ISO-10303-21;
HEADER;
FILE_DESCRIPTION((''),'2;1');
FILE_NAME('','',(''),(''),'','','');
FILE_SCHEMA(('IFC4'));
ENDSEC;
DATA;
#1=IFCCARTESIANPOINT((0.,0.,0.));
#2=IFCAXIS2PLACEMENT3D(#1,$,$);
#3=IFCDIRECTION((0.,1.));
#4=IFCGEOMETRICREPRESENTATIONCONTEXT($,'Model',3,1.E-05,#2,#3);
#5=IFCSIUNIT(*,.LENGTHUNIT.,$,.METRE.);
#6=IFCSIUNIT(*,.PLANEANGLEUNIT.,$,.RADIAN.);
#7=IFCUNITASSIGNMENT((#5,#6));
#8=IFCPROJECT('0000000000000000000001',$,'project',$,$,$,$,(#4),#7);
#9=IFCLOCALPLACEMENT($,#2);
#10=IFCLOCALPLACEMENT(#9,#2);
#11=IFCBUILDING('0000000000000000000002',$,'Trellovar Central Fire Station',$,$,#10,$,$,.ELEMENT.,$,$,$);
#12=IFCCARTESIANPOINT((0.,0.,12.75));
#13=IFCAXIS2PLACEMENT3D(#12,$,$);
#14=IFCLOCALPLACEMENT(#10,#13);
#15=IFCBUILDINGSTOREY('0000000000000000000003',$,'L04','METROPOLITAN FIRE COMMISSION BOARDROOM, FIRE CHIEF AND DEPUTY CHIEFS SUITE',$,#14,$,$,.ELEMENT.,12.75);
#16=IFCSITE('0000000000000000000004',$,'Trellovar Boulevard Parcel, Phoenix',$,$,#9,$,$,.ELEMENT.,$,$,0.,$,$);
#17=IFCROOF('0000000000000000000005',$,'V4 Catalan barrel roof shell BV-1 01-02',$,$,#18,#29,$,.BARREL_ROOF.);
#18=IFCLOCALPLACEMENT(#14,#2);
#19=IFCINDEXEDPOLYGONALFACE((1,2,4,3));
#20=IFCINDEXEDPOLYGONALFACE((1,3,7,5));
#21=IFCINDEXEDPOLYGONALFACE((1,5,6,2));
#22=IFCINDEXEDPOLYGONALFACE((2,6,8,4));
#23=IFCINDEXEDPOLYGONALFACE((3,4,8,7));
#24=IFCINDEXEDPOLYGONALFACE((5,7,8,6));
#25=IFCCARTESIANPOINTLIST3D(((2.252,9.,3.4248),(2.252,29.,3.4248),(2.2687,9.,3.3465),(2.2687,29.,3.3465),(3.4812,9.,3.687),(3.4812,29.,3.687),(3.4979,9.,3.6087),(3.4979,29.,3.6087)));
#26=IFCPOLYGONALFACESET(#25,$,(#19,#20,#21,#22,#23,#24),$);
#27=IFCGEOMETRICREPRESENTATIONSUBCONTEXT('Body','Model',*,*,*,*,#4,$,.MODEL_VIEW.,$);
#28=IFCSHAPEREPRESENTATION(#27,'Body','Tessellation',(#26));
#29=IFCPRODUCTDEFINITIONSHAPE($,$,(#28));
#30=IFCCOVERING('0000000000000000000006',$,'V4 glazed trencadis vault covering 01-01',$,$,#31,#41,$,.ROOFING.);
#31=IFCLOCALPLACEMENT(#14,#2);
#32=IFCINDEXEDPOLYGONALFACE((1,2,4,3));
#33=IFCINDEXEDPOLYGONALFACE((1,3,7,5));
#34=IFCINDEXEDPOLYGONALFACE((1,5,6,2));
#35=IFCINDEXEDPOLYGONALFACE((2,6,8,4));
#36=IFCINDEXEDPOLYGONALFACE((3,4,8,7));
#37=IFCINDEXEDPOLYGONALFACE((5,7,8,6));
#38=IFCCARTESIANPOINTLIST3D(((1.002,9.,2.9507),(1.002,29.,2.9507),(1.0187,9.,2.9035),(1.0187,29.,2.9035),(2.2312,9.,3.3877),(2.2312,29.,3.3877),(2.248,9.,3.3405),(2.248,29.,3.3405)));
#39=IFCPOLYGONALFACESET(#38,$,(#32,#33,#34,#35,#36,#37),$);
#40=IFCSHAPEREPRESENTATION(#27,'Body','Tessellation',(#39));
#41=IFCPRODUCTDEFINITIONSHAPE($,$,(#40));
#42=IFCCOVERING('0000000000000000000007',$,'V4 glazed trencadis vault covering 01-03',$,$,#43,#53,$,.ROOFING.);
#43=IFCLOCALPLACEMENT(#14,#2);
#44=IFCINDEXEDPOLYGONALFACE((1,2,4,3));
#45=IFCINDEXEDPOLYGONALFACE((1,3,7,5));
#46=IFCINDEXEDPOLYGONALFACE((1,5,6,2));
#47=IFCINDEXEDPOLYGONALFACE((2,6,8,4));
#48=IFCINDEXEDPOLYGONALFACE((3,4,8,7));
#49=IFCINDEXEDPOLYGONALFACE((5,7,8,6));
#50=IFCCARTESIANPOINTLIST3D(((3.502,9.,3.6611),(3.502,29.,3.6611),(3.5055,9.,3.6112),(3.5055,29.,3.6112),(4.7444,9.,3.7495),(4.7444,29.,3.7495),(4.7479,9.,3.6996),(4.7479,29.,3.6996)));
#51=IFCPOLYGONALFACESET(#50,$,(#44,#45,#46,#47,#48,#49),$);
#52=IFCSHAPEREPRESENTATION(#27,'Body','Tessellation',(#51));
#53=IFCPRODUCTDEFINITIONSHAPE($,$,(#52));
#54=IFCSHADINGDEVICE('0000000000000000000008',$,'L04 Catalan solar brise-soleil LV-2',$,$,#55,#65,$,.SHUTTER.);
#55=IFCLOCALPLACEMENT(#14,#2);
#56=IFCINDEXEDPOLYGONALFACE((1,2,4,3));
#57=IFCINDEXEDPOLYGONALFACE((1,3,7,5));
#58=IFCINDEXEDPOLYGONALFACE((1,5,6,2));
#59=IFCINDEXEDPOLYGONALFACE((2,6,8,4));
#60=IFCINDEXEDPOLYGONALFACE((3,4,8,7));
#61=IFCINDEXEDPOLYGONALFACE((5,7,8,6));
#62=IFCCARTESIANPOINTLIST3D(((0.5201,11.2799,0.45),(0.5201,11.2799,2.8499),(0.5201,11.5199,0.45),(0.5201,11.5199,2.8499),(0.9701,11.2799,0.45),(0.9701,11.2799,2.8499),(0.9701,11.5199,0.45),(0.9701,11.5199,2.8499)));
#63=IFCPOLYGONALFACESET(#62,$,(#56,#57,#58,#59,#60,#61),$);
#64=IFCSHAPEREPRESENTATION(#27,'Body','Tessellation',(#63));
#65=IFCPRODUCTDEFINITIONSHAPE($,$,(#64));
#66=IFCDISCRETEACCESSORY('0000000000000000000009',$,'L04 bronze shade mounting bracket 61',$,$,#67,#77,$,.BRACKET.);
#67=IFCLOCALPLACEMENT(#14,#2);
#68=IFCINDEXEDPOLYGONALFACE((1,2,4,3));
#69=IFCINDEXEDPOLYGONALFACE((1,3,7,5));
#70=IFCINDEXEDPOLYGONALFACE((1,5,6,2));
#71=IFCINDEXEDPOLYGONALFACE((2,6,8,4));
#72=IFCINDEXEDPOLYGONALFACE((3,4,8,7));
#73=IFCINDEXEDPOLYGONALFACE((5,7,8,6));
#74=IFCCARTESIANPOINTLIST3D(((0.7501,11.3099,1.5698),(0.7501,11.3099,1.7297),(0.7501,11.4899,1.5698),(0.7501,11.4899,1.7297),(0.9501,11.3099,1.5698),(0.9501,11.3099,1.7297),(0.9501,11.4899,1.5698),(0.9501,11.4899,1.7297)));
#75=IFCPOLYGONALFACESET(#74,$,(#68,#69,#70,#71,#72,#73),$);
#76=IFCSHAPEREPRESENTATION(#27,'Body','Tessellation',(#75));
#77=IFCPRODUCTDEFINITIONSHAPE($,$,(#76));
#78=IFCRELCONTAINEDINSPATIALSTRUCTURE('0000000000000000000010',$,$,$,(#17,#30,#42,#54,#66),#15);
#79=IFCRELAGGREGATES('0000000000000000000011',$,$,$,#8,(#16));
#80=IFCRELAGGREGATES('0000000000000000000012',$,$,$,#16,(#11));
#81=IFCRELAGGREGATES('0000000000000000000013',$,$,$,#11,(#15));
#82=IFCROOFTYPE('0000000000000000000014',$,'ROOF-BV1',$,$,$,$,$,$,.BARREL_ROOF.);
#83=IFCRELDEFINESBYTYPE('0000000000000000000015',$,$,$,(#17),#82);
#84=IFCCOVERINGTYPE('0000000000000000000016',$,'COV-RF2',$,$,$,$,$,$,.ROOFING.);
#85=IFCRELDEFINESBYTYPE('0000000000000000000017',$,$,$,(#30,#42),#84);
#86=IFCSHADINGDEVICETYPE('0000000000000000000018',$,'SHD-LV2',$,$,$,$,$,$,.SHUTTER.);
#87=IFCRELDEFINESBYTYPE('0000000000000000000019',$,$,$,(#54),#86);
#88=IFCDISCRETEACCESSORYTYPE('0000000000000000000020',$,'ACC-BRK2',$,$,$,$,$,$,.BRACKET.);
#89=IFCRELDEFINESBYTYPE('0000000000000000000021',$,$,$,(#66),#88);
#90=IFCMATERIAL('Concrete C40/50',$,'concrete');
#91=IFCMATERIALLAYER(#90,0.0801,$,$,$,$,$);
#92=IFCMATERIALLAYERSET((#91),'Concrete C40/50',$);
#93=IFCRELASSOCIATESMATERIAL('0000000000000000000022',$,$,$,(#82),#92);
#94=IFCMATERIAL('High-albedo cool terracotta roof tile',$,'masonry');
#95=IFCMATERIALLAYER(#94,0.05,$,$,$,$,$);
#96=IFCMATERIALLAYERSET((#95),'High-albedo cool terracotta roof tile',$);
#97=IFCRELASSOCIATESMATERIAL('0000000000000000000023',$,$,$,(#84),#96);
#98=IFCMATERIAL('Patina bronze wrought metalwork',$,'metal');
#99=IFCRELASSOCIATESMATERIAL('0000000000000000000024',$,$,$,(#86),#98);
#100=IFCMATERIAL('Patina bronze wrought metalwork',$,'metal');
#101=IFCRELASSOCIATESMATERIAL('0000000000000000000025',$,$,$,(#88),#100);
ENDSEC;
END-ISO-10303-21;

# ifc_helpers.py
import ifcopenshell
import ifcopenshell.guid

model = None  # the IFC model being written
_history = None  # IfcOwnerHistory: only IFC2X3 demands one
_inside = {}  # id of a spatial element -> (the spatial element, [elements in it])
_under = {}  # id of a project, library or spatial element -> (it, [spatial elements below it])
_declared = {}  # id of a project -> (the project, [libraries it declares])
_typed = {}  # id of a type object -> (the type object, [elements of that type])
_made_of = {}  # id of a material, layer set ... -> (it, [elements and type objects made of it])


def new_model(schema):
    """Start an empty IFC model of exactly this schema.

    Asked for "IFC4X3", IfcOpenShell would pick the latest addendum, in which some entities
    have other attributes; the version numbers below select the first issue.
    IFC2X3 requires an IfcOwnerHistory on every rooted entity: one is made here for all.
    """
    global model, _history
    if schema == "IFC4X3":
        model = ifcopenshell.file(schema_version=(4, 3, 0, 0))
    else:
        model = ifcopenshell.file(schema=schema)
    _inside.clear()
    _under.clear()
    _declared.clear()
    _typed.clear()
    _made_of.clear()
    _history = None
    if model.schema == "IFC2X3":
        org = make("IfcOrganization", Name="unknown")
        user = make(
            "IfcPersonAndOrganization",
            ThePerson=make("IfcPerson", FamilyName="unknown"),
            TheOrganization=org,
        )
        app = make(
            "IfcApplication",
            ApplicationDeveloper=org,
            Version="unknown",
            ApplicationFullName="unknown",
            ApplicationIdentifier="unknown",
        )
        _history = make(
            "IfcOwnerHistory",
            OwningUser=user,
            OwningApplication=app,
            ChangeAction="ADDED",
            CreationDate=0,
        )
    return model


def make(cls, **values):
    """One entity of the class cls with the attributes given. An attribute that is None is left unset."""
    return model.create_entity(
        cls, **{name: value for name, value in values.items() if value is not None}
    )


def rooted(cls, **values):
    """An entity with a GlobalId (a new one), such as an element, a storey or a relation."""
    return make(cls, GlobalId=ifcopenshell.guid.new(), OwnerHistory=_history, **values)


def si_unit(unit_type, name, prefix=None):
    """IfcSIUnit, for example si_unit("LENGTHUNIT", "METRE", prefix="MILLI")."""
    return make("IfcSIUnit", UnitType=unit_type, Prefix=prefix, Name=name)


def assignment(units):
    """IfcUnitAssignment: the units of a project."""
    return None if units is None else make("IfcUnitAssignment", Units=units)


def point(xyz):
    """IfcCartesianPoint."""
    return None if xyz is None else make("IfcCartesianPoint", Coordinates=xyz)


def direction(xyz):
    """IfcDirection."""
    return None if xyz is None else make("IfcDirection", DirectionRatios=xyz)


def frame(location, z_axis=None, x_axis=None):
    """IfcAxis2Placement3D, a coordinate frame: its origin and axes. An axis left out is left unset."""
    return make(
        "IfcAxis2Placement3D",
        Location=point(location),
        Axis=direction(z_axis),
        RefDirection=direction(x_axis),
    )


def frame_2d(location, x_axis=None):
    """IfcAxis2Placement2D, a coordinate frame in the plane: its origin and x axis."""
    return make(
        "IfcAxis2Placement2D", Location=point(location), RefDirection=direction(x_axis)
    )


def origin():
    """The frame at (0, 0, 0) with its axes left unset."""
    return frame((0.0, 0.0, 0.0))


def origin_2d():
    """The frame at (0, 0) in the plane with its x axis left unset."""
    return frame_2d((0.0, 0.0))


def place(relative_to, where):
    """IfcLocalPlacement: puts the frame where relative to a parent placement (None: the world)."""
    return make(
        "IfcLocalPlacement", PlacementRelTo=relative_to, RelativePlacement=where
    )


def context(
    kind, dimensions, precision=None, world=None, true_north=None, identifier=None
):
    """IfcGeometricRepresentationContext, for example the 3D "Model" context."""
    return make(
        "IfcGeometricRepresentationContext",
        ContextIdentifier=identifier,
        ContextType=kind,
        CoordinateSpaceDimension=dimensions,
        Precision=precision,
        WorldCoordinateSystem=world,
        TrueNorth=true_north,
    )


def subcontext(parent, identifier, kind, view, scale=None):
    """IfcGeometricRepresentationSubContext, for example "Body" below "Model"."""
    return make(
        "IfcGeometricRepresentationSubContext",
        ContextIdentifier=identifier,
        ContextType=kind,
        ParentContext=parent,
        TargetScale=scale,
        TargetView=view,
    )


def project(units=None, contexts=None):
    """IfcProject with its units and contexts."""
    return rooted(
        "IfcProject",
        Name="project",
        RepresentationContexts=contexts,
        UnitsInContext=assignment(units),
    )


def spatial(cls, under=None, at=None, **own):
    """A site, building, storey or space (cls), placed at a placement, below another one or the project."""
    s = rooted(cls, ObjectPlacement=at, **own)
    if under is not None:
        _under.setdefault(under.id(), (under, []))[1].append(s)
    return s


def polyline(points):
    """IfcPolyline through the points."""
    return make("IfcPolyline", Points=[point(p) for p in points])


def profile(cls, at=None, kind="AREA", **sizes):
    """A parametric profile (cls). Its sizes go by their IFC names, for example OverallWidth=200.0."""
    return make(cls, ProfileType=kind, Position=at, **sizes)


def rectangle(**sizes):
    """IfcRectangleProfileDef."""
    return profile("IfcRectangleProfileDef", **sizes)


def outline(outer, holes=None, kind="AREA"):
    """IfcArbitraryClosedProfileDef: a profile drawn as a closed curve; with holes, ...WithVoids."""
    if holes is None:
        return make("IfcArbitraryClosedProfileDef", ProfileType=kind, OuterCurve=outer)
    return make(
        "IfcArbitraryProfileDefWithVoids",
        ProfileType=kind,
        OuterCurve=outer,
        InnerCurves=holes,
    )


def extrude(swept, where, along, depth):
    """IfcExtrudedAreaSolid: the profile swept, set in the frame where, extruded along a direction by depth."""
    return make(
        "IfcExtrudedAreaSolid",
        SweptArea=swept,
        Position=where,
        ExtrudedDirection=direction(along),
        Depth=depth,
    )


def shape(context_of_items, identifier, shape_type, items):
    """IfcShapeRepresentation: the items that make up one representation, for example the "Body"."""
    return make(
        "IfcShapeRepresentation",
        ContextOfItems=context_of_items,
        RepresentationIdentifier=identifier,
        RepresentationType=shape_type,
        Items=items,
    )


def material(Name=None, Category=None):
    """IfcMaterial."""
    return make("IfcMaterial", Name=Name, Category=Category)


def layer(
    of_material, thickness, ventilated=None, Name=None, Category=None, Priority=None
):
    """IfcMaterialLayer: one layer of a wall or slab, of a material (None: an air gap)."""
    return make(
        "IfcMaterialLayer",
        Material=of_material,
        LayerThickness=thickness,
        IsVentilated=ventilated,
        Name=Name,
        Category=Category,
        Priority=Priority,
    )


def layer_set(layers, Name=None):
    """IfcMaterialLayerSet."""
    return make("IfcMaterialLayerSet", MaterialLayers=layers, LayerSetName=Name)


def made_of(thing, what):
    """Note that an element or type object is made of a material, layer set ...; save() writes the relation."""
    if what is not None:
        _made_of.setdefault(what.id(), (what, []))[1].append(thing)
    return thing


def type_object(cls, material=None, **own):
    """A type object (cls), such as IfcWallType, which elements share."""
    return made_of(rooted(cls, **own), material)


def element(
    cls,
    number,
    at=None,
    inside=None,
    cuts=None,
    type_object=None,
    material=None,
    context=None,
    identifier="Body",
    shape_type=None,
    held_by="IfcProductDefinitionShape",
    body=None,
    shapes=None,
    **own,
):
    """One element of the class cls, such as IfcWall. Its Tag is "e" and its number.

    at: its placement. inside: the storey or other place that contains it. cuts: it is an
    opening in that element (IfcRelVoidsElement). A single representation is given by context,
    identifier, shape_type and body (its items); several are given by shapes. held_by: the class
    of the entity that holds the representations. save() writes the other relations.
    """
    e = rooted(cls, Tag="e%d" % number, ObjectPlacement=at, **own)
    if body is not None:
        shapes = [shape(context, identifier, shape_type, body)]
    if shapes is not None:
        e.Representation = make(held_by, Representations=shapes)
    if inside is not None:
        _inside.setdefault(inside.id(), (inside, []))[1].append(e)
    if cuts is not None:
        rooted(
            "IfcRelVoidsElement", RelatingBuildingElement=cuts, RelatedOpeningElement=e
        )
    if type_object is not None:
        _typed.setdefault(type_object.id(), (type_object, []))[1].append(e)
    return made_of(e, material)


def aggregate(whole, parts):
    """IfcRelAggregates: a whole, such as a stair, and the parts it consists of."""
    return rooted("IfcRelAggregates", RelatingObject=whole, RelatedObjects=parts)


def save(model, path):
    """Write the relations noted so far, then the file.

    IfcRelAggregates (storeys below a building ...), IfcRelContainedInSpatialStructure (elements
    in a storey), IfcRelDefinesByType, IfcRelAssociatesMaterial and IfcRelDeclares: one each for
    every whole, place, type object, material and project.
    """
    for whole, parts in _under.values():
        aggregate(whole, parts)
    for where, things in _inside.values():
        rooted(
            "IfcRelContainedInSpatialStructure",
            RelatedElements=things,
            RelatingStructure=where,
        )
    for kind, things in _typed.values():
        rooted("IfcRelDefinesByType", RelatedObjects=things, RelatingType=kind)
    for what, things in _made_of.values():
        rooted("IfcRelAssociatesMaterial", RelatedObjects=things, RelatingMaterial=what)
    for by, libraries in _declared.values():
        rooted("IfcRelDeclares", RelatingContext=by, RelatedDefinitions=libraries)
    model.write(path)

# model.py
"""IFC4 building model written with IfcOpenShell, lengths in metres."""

from ifc_helpers import new_model, si_unit, direction, frame, origin, origin_2d, place, context, subcontext, project, spatial, polyline, rectangle, outline, extrude, material, layer, layer_set, type_object, element, save


model = new_model("IFC4")

# Units and contexts
model_context = context("Model", 3, precision=1e-05, world=origin(), true_north=direction((0.0, 1.0)))
body_context = subcontext(model_context, "Body", "Model", "MODEL_VIEW")
ifc_project = project(units=[si_unit("LENGTHUNIT", "METRE"), si_unit("PLANEANGLEUNIT", "RADIAN")], contexts=[model_context])

# Site, building, storey
site_placement = place(None, origin())
site = spatial("IfcSite", under=ifc_project, at=site_placement, Name="Trellovar Boulevard Parcel, Phoenix", CompositionType="ELEMENT", RefElevation=0.0)
building_placement = place(site_placement, origin())
building = spatial("IfcBuilding", under=site, at=building_placement, Name="Trellovar Central Fire Station", CompositionType="ELEMENT")
storey_placement = place(building_placement, frame((0.0, 0.0, 12.75)))
storey = spatial("IfcBuildingStorey", under=building, at=storey_placement, Name="L04", Description="METROPOLITAN FIRE COMMISSION BOARDROOM, FIRE CHIEF AND DEPUTY CHIEFS SUITE", CompositionType="ELEMENT", Elevation=12.75)

# Roof
ifc_material_1 = material(Name="Concrete C40/50", Category="concrete")
ifc_layer_1 = layer(ifc_material_1, 0.0801)
ifc_layer_set_1 = layer_set([ifc_layer_1], Name="Concrete C40/50")
roof_type = type_object("IfcRoofType", Name="ROOF-BV1", PredefinedType="BARREL_ROOF", material=ifc_layer_set_1)
roof_placement = place(storey_placement, frame((2.252, 9.0, 3.4248), z_axis=(-0.208614, 0.0, 0.977998), x_axis=(0.977998, 0.0, 0.208614)))
element("IfcRoof", 1, at=roof_placement, inside=storey, type_object=roof_type, Name="V4 Catalan barrel roof shell BV-1 01-02", PredefinedType="BARREL_ROOF", context=body_context, shape_type="SweptSolid", body=[
    extrude(outline(polyline([(0.0, 0.0), (1.2569, 0.0), (1.2569, 20.0), (0.0, 20.0), (0.0, 0.0)])), origin(), (0.0, 0.0, -1.0), 0.0801),
])

# Coverings
ifc_material_2 = material(Name="High-albedo cool terracotta roof tile", Category="masonry")
ifc_layer_2 = layer(ifc_material_2, 0.05)
ifc_layer_set_2 = layer_set([ifc_layer_2], Name="High-albedo cool terracotta roof tile")
covering_type = type_object("IfcCoveringType", Name="COV-RF2", PredefinedType="ROOFING", material=ifc_layer_set_2)
covering_1_placement = place(storey_placement, frame((1.002, 9.0, 2.9507), z_axis=(-0.334973, 0.0, 0.942228), x_axis=(0.942228, 0.0, 0.334973)))
element("IfcCovering", 2, at=covering_1_placement, inside=storey, type_object=covering_type, Name="V4 glazed trencadis vault covering 01-01", PredefinedType="ROOFING", context=body_context, shape_type="SweptSolid", body=[
    extrude(outline(polyline([(0.0, 0.0), (1.3046, 0.0), (1.3046, 20.0), (0.0, 20.0), (0.0, 0.0)])), origin(), (0.0, 0.0, -1.0), 0.05),
])
covering_2_placement = place(storey_placement, frame((3.502, 9.0, 3.6611), z_axis=(-0.070955, 0.0, 0.99748), x_axis=(0.99748, 0.0, 0.070955)))
element("IfcCovering", 3, at=covering_2_placement, inside=storey, type_object=covering_type, Name="V4 glazed trencadis vault covering 01-03", PredefinedType="ROOFING", context=body_context, shape_type="SweptSolid", body=[
    extrude(outline(polyline([(0.0, 0.0), (1.2456, 0.0), (1.2456, 20.0), (0.0, 20.0), (0.0, 0.0)])), origin(), (0.0, 0.0, -1.0), 0.05),
])

# Shading device
ifc_material_3 = material(Name="Patina bronze wrought metalwork", Category="metal")
shading_device_type = type_object("IfcShadingDeviceType", Name="SHD-LV2", PredefinedType="SHUTTER", material=ifc_material_3)
shading_device_placement = place(storey_placement, frame((0.7451, 11.3999, 0.45), z_axis=(0.0, 0.0, 1.0), x_axis=(1.0, 0.0, 0.0)))
element("IfcShadingDevice", 4, at=shading_device_placement, inside=storey, type_object=shading_device_type, Name="L04 Catalan solar brise-soleil LV-2", PredefinedType="SHUTTER", context=body_context, shape_type="SweptSolid", body=[
    extrude(rectangle(XDim=0.45, YDim=0.24, at=origin_2d()), origin(), (0.0, 0.0, 1.0), 2.3999),
])

# Discrete accessory
ifc_material_4 = material(Name="Patina bronze wrought metalwork", Category="metal")
discrete_accessory_type = type_object("IfcDiscreteAccessoryType", Name="ACC-BRK2", PredefinedType="BRACKET", material=ifc_material_4)
discrete_accessory_placement = place(storey_placement, frame((0.8501, 11.3999, 1.5698), z_axis=(0.0, 0.0, 1.0), x_axis=(1.0, 0.0, 0.0)))
element("IfcDiscreteAccessory", 5, at=discrete_accessory_placement, inside=storey, type_object=discrete_accessory_type, Name="L04 bronze shade mounting bracket 61", PredefinedType="BRACKET", context=body_context, shape_type="SweptSolid", body=[
    extrude(rectangle(XDim=0.2, YDim=0.1799, at=origin_2d()), origin(), (0.0, 0.0, 1.0), 0.1599),
])

save(model, "model.ifc")
